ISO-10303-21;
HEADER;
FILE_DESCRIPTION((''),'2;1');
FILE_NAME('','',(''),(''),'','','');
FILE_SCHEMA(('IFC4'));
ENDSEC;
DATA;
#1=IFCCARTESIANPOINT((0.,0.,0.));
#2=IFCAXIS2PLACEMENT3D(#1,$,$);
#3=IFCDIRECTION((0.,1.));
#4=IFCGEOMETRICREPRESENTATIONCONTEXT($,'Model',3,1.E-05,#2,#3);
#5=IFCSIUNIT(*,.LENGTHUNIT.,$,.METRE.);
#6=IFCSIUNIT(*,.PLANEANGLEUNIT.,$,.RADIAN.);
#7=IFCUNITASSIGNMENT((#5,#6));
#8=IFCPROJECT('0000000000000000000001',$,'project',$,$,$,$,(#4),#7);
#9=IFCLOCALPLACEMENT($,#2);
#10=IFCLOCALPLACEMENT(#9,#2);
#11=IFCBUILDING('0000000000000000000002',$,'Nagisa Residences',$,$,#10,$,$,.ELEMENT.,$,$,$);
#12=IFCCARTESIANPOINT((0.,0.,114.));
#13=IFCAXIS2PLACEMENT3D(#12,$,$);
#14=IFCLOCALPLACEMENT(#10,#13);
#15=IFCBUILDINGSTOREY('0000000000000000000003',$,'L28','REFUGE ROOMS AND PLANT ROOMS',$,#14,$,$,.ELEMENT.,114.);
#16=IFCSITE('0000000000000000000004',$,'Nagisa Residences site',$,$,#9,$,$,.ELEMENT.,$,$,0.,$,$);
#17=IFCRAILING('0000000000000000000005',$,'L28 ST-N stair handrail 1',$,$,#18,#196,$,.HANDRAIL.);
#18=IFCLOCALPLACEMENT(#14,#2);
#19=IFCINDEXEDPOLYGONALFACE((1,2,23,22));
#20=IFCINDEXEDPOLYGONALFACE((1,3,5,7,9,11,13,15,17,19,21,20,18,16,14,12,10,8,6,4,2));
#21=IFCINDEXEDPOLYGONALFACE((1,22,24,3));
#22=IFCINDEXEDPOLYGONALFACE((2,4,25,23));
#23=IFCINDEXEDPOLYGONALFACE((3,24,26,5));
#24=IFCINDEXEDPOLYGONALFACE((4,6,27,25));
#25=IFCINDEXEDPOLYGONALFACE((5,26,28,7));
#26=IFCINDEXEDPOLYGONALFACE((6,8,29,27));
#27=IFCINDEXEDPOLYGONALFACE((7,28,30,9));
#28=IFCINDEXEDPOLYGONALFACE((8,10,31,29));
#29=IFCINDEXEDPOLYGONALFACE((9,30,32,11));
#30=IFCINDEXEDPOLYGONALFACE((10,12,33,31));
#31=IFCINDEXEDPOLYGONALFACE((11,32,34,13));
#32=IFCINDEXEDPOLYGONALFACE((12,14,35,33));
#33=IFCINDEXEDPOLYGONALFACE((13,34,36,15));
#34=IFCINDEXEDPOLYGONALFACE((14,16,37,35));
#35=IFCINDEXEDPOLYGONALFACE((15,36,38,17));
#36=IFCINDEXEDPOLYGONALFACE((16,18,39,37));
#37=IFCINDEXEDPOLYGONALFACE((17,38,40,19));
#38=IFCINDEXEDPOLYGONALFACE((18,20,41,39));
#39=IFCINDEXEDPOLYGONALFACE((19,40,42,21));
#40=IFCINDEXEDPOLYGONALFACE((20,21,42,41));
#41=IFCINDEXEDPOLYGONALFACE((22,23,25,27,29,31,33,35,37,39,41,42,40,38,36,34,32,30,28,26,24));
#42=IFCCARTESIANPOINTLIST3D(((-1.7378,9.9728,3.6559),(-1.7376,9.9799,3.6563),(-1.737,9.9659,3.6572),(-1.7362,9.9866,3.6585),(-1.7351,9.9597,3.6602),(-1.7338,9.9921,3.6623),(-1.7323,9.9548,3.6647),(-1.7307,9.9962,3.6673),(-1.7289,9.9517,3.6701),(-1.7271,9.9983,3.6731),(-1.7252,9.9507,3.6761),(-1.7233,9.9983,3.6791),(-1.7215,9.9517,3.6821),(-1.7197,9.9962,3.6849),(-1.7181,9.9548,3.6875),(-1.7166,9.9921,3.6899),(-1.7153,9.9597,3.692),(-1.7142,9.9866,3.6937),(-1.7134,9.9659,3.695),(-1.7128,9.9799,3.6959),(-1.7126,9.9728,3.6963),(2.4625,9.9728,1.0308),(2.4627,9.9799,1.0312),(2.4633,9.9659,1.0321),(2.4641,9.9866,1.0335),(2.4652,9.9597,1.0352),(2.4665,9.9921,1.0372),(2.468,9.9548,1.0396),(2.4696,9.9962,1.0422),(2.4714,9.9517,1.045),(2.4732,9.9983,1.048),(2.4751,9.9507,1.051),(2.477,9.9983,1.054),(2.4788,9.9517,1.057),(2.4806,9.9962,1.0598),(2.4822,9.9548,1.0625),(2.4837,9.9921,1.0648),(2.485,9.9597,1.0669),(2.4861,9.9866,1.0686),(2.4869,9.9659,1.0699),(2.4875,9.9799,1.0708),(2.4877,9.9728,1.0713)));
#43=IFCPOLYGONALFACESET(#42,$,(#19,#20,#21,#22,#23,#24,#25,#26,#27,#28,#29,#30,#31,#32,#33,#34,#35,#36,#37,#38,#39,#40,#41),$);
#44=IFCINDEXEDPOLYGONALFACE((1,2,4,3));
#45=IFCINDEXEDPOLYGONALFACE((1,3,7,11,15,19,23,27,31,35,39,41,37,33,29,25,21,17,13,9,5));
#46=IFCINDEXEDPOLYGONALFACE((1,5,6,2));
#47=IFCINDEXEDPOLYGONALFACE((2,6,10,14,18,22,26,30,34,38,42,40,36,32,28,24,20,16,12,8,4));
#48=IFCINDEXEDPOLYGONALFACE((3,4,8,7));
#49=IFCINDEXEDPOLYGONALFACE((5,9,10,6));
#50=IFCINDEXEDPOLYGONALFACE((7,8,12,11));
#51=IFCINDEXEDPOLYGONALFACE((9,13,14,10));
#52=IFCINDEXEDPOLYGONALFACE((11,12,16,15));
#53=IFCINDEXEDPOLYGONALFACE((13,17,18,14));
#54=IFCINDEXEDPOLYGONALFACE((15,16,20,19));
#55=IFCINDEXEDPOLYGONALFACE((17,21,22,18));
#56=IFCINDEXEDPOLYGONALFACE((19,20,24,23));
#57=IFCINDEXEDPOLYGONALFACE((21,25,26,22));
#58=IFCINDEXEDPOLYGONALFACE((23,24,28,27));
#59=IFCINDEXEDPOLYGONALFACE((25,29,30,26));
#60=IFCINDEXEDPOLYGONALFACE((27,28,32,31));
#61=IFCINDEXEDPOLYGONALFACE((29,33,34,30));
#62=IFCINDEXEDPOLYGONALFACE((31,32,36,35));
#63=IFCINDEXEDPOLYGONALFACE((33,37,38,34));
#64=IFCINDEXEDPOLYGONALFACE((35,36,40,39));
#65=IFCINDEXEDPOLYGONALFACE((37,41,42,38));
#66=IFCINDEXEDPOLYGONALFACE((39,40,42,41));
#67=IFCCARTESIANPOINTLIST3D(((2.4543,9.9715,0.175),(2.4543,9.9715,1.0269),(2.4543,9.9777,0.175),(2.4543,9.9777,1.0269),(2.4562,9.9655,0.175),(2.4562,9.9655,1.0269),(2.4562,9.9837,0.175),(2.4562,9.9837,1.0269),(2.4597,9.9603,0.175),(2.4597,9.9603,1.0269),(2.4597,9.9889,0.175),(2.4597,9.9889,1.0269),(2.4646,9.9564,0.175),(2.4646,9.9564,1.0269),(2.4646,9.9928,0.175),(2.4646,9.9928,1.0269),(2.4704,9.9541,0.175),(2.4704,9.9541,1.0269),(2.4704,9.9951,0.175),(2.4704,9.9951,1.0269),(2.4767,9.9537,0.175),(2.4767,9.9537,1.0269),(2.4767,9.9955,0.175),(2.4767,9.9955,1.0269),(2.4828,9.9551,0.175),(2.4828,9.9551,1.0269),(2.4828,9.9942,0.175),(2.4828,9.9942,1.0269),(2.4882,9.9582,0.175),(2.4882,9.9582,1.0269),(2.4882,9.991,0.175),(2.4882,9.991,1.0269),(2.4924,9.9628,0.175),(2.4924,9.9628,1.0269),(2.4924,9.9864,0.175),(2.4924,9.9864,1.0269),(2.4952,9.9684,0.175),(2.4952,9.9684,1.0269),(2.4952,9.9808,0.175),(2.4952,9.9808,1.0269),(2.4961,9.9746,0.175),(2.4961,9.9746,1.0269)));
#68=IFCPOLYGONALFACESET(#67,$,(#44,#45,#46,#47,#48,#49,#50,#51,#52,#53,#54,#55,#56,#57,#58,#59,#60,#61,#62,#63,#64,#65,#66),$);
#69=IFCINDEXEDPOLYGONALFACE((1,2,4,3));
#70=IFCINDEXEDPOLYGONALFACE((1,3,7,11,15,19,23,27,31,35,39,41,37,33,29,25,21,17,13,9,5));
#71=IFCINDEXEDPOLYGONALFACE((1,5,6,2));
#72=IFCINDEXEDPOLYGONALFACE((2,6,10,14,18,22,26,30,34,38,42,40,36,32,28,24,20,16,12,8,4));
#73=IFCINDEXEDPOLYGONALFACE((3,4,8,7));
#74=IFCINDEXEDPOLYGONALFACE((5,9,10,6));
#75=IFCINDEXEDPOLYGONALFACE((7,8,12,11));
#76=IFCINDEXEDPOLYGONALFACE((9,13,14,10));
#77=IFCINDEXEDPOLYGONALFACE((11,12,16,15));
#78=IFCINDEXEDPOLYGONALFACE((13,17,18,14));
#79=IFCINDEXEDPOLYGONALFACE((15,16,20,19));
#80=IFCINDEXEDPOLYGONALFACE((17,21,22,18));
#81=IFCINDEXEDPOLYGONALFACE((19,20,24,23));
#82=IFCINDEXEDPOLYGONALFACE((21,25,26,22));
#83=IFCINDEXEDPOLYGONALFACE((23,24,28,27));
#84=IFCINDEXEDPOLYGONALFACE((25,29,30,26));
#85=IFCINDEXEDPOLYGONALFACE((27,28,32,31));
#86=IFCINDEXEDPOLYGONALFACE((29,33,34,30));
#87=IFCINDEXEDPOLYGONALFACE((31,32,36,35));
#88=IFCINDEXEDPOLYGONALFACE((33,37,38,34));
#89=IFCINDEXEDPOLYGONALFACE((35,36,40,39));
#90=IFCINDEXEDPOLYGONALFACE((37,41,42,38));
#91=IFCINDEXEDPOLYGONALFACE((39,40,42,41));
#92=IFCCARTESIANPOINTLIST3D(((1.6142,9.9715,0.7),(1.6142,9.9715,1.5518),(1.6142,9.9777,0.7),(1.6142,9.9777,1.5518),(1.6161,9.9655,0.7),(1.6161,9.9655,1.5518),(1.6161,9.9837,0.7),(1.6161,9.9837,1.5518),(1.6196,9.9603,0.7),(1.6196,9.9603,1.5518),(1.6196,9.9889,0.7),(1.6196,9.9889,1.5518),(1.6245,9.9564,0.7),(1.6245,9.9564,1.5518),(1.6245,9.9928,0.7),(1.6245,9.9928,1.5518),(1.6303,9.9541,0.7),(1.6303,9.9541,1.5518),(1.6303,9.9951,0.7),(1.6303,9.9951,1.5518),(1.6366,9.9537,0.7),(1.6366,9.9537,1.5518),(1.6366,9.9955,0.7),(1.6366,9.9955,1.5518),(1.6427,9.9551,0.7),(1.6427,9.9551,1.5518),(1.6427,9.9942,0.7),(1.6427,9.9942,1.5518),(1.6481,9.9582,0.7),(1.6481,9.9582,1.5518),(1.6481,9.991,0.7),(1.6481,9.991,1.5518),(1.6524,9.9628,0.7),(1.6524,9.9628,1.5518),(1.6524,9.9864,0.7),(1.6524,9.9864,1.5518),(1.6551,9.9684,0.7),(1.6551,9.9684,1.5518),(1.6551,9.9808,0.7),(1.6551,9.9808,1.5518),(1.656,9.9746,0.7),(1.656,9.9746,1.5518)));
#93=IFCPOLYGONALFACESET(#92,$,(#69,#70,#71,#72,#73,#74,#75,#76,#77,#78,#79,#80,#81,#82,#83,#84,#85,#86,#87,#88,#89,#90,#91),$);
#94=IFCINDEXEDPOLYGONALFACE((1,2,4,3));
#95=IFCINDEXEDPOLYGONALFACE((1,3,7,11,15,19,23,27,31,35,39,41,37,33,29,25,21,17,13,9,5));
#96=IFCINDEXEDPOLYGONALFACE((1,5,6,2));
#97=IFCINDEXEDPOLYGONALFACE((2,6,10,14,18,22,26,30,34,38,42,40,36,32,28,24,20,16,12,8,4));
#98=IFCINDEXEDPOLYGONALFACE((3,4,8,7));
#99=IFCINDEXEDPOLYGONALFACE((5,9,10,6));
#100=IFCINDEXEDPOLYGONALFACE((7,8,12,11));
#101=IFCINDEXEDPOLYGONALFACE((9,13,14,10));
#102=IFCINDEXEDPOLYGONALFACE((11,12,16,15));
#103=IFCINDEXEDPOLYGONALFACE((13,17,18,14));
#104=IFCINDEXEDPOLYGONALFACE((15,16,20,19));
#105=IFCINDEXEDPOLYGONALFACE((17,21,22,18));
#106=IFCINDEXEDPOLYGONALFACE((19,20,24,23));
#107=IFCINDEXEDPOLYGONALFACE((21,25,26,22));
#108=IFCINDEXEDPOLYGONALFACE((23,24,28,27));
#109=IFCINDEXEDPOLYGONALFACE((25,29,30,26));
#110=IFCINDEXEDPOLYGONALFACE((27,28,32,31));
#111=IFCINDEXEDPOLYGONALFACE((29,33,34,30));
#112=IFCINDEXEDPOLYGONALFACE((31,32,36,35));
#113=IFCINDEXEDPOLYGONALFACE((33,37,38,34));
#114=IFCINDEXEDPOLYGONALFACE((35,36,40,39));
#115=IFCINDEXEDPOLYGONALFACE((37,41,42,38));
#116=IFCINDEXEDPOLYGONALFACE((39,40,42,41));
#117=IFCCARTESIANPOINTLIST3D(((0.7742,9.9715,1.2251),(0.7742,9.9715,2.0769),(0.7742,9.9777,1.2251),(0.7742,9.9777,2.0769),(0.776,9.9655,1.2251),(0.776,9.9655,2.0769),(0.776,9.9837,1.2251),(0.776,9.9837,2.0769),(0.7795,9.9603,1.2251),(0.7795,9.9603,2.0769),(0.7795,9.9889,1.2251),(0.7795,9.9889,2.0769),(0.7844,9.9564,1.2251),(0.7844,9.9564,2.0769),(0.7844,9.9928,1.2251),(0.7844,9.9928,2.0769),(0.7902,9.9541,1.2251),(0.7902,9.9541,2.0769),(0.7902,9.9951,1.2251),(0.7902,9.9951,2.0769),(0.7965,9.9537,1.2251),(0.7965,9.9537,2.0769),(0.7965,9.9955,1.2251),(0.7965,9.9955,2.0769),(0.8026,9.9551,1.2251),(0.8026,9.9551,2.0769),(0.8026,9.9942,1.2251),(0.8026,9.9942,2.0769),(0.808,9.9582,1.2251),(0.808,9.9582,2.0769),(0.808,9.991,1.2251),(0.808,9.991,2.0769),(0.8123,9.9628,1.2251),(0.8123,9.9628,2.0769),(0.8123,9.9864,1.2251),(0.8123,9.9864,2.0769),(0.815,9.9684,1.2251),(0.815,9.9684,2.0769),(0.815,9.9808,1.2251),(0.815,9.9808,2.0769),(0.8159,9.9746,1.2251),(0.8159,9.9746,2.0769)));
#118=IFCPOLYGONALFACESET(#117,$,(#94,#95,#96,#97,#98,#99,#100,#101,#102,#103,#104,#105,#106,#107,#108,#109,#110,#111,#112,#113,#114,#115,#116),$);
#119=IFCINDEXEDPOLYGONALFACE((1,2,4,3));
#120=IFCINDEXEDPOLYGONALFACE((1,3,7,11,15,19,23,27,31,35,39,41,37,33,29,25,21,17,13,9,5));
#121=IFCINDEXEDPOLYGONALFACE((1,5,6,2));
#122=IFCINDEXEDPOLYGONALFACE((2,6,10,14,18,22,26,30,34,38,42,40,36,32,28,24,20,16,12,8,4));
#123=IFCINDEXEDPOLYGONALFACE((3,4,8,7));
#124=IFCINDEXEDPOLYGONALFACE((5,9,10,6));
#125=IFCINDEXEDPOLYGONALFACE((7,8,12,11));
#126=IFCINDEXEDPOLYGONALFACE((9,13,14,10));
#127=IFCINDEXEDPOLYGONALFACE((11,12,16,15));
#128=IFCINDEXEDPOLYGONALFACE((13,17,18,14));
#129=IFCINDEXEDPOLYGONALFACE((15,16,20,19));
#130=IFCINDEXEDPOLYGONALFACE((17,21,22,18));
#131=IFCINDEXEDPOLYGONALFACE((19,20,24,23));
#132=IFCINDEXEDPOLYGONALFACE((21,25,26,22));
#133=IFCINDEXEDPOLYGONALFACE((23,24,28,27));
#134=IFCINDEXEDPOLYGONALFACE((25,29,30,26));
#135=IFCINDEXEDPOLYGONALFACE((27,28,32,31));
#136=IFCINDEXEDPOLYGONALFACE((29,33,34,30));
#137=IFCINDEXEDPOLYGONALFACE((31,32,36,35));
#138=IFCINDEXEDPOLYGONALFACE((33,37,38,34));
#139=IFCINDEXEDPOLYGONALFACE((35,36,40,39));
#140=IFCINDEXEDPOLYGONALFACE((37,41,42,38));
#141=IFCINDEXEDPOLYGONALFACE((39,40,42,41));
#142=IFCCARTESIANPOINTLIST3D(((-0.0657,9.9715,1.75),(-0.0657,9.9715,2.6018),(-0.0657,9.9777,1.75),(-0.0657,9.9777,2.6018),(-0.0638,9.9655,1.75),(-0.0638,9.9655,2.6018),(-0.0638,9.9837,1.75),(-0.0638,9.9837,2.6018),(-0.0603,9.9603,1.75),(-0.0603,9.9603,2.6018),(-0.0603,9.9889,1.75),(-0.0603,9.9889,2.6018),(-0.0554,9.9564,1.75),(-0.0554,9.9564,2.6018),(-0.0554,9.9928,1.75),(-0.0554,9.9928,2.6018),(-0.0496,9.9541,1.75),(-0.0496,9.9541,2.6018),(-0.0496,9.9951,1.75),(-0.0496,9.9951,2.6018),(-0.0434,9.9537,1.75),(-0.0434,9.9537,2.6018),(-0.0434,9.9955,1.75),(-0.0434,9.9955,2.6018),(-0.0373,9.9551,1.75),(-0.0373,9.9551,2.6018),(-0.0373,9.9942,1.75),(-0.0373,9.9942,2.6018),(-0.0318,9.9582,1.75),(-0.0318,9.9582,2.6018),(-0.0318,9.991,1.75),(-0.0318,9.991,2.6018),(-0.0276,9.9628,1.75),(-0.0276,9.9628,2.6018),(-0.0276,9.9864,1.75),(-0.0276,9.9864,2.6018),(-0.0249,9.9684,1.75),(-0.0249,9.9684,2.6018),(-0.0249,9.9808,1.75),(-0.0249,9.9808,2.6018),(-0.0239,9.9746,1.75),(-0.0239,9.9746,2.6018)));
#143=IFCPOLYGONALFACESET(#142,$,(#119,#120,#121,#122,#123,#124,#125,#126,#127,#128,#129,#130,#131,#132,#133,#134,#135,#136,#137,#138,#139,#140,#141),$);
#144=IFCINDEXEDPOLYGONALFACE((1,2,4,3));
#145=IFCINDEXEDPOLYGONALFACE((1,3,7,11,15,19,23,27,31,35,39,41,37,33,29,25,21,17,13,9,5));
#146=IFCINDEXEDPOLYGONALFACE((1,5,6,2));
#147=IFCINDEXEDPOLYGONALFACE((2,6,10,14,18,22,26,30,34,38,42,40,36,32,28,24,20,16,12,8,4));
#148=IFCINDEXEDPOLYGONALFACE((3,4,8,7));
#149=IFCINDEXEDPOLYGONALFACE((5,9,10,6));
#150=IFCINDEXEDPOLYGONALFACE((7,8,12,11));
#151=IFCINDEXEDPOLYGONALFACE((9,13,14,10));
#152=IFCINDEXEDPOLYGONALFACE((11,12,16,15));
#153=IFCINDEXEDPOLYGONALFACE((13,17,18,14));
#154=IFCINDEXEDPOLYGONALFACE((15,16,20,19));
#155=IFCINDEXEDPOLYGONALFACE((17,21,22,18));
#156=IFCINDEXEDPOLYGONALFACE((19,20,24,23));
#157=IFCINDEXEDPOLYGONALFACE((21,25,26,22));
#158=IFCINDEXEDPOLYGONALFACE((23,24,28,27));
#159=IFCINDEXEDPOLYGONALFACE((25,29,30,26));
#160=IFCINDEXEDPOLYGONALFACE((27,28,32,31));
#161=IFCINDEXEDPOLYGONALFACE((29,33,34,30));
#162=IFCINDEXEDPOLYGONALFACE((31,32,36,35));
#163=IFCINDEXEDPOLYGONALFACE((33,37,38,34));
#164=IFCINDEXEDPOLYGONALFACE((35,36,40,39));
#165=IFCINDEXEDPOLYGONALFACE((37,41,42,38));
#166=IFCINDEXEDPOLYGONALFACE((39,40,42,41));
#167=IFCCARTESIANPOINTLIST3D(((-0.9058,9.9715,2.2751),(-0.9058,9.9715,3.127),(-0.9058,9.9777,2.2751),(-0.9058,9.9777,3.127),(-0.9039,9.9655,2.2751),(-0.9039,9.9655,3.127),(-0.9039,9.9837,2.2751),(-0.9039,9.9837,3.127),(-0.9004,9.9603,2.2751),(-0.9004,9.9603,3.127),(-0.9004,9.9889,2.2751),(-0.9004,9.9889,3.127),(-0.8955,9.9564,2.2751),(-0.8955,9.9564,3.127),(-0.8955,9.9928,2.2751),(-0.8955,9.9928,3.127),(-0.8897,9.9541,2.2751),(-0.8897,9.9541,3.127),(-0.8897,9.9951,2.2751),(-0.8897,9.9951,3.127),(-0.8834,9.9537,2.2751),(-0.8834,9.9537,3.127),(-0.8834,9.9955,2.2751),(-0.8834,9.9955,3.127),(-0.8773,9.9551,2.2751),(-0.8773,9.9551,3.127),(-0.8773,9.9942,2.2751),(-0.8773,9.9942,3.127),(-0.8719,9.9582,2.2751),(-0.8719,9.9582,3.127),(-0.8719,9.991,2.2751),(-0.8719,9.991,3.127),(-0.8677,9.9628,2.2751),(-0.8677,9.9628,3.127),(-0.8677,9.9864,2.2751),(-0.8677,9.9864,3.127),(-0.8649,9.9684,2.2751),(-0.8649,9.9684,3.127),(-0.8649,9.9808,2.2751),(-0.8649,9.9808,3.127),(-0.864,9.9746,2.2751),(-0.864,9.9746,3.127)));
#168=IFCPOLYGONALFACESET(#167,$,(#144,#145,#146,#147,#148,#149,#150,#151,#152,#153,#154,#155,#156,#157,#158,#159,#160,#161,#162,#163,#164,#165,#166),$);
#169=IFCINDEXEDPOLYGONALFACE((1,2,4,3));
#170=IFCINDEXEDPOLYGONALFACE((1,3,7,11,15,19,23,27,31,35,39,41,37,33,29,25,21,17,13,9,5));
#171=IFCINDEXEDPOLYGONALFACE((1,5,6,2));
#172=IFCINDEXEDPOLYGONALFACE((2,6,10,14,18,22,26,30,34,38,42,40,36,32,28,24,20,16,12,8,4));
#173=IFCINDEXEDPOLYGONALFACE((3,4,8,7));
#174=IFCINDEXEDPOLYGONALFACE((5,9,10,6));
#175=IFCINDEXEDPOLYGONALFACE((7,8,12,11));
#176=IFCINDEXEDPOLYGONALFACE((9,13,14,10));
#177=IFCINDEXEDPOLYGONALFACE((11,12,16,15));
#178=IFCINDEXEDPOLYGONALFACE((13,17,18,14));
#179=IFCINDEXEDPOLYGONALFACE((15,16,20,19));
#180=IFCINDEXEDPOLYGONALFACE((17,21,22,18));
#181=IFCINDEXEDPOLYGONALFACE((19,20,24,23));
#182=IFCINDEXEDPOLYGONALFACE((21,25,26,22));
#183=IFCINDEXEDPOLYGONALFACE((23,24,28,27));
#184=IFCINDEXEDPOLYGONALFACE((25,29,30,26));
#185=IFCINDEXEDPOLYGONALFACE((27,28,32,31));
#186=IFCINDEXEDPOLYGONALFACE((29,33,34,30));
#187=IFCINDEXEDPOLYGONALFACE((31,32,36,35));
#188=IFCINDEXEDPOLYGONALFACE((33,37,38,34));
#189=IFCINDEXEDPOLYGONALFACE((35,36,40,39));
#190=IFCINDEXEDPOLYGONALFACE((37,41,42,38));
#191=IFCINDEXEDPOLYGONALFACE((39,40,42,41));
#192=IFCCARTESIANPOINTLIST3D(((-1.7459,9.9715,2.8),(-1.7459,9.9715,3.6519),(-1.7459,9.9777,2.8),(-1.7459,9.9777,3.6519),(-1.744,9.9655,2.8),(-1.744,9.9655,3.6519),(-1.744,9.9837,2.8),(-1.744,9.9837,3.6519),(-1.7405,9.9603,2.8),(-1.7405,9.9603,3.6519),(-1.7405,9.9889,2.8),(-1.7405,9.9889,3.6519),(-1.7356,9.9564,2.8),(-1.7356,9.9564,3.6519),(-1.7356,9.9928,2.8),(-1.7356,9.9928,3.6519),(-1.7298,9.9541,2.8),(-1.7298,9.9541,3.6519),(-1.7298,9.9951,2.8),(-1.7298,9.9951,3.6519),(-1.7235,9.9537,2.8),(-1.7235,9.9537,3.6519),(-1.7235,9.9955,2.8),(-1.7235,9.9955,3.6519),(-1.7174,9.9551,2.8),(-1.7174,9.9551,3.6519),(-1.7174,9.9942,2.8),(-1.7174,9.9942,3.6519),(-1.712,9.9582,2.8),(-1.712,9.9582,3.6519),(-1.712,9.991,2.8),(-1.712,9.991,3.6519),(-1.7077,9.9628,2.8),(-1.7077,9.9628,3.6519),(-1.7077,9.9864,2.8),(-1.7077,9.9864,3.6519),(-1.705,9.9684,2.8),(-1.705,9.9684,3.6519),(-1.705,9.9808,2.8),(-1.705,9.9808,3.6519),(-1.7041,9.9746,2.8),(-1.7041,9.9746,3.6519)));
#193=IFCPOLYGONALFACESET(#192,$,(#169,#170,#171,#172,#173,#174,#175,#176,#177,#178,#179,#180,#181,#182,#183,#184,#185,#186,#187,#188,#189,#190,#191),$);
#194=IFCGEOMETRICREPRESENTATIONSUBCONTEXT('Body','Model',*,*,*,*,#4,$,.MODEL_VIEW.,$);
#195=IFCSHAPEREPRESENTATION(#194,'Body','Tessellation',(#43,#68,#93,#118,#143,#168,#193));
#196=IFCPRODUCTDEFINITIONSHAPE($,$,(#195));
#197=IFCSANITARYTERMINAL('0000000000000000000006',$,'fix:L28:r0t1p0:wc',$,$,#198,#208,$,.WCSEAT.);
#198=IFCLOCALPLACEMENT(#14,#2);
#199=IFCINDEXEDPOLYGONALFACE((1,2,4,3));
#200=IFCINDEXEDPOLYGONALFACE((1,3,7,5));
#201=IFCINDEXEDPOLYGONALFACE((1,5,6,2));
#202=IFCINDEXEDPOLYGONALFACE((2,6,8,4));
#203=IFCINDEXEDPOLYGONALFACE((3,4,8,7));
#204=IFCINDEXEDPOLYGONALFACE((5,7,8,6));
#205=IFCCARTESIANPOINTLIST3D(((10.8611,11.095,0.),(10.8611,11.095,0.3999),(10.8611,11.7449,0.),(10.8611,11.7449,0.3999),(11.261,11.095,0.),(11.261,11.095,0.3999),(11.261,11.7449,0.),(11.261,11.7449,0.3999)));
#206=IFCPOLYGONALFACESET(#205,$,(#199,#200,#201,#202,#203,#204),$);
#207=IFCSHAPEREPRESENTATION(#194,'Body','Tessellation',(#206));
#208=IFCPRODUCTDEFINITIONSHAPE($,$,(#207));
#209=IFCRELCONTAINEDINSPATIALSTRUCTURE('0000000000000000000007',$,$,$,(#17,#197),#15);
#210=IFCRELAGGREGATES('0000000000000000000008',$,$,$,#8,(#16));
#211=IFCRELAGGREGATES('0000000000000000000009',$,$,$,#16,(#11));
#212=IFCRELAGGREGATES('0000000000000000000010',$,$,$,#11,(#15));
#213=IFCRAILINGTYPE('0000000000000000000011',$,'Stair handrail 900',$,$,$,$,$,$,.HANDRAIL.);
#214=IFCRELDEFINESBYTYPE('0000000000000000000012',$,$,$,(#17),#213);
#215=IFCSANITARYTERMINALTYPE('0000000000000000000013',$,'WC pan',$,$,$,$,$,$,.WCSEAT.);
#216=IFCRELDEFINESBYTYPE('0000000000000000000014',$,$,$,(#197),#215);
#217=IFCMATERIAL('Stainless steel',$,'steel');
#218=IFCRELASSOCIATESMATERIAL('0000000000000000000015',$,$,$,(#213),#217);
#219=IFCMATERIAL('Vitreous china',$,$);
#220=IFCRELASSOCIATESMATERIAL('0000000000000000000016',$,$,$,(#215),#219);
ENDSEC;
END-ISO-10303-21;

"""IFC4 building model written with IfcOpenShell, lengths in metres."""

from ifc_helpers import new_model, si_unit, direction, frame, origin, origin_2d, place, context, subcontext, project, spatial, rectangle, circle, extrude, material, type_object, element, save


model = new_model("IFC4")

# Units and contexts
model_context = context("Model", 3, precision=1e-05, world=origin(), true_north=direction((0.0, 1.0)))
body_context = subcontext(model_context, "Body", "Model", "MODEL_VIEW")
ifc_project = project(units=[si_unit("LENGTHUNIT", "METRE"), si_unit("PLANEANGLEUNIT", "RADIAN")], contexts=[model_context])

# Site, building, storey
site_placement = place(None, origin())
site = spatial("IfcSite", under=ifc_project, at=site_placement, Name="Nagisa Residences site", CompositionType="ELEMENT", RefElevation=0.0)
building_placement = place(site_placement, origin())
building = spatial("IfcBuilding", under=site, at=building_placement, Name="Nagisa Residences", CompositionType="ELEMENT")
storey_placement = place(building_placement, frame((0.0, 0.0, 114.0)))
storey = spatial("IfcBuildingStorey", under=building, at=storey_placement, Name="L28", Description="REFUGE ROOMS AND PLANT ROOMS", CompositionType="ELEMENT", Elevation=114.0)

# Railing
ifc_material_1 = material(Name="Stainless steel", Category="steel")
railing_type_1 = type_object("IfcRailingType", Name="Stair handrail 900", PredefinedType="HANDRAIL", material=ifc_material_1)
railing_1_placement = place(storey_placement, frame((2.4751, 9.9746, 0.175)))
element("IfcRailing", 1, at=railing_1_placement, inside=storey, type_object=railing_type_1, Name="L28 ST-N stair handrail 1", PredefinedType="HANDRAIL", context=body_context, shape_type="SweptSolid", body=[
    extrude(circle(Radius=0.0239, at=origin_2d()), frame((0.0, 0.0, 0.876), z_axis=(-0.848009, 0.0, 0.529981), x_axis=(0.0, -1.0, 0.0)), (0.0, 0.0, 1.0), 4.9531),
    extrude(circle(Radius=0.021, at=origin_2d()), origin(), (0.0, 0.0, 1.0), 0.8518),
    extrude(circle(Radius=0.021, at=origin_2d()), frame((-0.8401, 0.0, 0.5249)), (0.0, 0.0, 1.0), 0.8518),
    extrude(circle(Radius=0.021, at=origin_2d()), frame((-1.6802, 0.0, 1.05)), (0.0, 0.0, 1.0), 0.8518),
    extrude(circle(Radius=0.021, at=origin_2d()), frame((-2.52, 0.0, 1.575)), (0.0, 0.0, 1.0), 0.8518),
    extrude(circle(Radius=0.021, at=origin_2d()), frame((-3.3601, 0.0, 2.1001)), (0.0, 0.0, 1.0), 0.8518),
    extrude(circle(Radius=0.021, at=origin_2d()), frame((-4.2002, 0.0, 2.625)), (0.0, 0.0, 1.0), 0.8518),
])

# Sanitary terminal
ifc_material_2 = material(Name="Vitreous china")
sanitary_terminal_type = type_object("IfcSanitaryTerminalType", Name="WC pan", PredefinedType="WCSEAT", material=ifc_material_2)
sanitary_terminal_placement = place(storey_placement, frame((11.061, 11.4199, 0.0), z_axis=(0.0, 0.0, 1.0), x_axis=(1.0, 0.0, 0.0)))
element("IfcSanitaryTerminal", 2, at=sanitary_terminal_placement, inside=storey, type_object=sanitary_terminal_type, Name="fix:L28:r0t1p0:wc", PredefinedType="WCSEAT", context=body_context, shape_type="SweptSolid", body=[
    extrude(rectangle(XDim=0.3999, YDim=0.6499, at=origin_2d()), origin(), (0.0, 0.0, 1.0), 0.3999),
])

save(model, "model.ifc")
